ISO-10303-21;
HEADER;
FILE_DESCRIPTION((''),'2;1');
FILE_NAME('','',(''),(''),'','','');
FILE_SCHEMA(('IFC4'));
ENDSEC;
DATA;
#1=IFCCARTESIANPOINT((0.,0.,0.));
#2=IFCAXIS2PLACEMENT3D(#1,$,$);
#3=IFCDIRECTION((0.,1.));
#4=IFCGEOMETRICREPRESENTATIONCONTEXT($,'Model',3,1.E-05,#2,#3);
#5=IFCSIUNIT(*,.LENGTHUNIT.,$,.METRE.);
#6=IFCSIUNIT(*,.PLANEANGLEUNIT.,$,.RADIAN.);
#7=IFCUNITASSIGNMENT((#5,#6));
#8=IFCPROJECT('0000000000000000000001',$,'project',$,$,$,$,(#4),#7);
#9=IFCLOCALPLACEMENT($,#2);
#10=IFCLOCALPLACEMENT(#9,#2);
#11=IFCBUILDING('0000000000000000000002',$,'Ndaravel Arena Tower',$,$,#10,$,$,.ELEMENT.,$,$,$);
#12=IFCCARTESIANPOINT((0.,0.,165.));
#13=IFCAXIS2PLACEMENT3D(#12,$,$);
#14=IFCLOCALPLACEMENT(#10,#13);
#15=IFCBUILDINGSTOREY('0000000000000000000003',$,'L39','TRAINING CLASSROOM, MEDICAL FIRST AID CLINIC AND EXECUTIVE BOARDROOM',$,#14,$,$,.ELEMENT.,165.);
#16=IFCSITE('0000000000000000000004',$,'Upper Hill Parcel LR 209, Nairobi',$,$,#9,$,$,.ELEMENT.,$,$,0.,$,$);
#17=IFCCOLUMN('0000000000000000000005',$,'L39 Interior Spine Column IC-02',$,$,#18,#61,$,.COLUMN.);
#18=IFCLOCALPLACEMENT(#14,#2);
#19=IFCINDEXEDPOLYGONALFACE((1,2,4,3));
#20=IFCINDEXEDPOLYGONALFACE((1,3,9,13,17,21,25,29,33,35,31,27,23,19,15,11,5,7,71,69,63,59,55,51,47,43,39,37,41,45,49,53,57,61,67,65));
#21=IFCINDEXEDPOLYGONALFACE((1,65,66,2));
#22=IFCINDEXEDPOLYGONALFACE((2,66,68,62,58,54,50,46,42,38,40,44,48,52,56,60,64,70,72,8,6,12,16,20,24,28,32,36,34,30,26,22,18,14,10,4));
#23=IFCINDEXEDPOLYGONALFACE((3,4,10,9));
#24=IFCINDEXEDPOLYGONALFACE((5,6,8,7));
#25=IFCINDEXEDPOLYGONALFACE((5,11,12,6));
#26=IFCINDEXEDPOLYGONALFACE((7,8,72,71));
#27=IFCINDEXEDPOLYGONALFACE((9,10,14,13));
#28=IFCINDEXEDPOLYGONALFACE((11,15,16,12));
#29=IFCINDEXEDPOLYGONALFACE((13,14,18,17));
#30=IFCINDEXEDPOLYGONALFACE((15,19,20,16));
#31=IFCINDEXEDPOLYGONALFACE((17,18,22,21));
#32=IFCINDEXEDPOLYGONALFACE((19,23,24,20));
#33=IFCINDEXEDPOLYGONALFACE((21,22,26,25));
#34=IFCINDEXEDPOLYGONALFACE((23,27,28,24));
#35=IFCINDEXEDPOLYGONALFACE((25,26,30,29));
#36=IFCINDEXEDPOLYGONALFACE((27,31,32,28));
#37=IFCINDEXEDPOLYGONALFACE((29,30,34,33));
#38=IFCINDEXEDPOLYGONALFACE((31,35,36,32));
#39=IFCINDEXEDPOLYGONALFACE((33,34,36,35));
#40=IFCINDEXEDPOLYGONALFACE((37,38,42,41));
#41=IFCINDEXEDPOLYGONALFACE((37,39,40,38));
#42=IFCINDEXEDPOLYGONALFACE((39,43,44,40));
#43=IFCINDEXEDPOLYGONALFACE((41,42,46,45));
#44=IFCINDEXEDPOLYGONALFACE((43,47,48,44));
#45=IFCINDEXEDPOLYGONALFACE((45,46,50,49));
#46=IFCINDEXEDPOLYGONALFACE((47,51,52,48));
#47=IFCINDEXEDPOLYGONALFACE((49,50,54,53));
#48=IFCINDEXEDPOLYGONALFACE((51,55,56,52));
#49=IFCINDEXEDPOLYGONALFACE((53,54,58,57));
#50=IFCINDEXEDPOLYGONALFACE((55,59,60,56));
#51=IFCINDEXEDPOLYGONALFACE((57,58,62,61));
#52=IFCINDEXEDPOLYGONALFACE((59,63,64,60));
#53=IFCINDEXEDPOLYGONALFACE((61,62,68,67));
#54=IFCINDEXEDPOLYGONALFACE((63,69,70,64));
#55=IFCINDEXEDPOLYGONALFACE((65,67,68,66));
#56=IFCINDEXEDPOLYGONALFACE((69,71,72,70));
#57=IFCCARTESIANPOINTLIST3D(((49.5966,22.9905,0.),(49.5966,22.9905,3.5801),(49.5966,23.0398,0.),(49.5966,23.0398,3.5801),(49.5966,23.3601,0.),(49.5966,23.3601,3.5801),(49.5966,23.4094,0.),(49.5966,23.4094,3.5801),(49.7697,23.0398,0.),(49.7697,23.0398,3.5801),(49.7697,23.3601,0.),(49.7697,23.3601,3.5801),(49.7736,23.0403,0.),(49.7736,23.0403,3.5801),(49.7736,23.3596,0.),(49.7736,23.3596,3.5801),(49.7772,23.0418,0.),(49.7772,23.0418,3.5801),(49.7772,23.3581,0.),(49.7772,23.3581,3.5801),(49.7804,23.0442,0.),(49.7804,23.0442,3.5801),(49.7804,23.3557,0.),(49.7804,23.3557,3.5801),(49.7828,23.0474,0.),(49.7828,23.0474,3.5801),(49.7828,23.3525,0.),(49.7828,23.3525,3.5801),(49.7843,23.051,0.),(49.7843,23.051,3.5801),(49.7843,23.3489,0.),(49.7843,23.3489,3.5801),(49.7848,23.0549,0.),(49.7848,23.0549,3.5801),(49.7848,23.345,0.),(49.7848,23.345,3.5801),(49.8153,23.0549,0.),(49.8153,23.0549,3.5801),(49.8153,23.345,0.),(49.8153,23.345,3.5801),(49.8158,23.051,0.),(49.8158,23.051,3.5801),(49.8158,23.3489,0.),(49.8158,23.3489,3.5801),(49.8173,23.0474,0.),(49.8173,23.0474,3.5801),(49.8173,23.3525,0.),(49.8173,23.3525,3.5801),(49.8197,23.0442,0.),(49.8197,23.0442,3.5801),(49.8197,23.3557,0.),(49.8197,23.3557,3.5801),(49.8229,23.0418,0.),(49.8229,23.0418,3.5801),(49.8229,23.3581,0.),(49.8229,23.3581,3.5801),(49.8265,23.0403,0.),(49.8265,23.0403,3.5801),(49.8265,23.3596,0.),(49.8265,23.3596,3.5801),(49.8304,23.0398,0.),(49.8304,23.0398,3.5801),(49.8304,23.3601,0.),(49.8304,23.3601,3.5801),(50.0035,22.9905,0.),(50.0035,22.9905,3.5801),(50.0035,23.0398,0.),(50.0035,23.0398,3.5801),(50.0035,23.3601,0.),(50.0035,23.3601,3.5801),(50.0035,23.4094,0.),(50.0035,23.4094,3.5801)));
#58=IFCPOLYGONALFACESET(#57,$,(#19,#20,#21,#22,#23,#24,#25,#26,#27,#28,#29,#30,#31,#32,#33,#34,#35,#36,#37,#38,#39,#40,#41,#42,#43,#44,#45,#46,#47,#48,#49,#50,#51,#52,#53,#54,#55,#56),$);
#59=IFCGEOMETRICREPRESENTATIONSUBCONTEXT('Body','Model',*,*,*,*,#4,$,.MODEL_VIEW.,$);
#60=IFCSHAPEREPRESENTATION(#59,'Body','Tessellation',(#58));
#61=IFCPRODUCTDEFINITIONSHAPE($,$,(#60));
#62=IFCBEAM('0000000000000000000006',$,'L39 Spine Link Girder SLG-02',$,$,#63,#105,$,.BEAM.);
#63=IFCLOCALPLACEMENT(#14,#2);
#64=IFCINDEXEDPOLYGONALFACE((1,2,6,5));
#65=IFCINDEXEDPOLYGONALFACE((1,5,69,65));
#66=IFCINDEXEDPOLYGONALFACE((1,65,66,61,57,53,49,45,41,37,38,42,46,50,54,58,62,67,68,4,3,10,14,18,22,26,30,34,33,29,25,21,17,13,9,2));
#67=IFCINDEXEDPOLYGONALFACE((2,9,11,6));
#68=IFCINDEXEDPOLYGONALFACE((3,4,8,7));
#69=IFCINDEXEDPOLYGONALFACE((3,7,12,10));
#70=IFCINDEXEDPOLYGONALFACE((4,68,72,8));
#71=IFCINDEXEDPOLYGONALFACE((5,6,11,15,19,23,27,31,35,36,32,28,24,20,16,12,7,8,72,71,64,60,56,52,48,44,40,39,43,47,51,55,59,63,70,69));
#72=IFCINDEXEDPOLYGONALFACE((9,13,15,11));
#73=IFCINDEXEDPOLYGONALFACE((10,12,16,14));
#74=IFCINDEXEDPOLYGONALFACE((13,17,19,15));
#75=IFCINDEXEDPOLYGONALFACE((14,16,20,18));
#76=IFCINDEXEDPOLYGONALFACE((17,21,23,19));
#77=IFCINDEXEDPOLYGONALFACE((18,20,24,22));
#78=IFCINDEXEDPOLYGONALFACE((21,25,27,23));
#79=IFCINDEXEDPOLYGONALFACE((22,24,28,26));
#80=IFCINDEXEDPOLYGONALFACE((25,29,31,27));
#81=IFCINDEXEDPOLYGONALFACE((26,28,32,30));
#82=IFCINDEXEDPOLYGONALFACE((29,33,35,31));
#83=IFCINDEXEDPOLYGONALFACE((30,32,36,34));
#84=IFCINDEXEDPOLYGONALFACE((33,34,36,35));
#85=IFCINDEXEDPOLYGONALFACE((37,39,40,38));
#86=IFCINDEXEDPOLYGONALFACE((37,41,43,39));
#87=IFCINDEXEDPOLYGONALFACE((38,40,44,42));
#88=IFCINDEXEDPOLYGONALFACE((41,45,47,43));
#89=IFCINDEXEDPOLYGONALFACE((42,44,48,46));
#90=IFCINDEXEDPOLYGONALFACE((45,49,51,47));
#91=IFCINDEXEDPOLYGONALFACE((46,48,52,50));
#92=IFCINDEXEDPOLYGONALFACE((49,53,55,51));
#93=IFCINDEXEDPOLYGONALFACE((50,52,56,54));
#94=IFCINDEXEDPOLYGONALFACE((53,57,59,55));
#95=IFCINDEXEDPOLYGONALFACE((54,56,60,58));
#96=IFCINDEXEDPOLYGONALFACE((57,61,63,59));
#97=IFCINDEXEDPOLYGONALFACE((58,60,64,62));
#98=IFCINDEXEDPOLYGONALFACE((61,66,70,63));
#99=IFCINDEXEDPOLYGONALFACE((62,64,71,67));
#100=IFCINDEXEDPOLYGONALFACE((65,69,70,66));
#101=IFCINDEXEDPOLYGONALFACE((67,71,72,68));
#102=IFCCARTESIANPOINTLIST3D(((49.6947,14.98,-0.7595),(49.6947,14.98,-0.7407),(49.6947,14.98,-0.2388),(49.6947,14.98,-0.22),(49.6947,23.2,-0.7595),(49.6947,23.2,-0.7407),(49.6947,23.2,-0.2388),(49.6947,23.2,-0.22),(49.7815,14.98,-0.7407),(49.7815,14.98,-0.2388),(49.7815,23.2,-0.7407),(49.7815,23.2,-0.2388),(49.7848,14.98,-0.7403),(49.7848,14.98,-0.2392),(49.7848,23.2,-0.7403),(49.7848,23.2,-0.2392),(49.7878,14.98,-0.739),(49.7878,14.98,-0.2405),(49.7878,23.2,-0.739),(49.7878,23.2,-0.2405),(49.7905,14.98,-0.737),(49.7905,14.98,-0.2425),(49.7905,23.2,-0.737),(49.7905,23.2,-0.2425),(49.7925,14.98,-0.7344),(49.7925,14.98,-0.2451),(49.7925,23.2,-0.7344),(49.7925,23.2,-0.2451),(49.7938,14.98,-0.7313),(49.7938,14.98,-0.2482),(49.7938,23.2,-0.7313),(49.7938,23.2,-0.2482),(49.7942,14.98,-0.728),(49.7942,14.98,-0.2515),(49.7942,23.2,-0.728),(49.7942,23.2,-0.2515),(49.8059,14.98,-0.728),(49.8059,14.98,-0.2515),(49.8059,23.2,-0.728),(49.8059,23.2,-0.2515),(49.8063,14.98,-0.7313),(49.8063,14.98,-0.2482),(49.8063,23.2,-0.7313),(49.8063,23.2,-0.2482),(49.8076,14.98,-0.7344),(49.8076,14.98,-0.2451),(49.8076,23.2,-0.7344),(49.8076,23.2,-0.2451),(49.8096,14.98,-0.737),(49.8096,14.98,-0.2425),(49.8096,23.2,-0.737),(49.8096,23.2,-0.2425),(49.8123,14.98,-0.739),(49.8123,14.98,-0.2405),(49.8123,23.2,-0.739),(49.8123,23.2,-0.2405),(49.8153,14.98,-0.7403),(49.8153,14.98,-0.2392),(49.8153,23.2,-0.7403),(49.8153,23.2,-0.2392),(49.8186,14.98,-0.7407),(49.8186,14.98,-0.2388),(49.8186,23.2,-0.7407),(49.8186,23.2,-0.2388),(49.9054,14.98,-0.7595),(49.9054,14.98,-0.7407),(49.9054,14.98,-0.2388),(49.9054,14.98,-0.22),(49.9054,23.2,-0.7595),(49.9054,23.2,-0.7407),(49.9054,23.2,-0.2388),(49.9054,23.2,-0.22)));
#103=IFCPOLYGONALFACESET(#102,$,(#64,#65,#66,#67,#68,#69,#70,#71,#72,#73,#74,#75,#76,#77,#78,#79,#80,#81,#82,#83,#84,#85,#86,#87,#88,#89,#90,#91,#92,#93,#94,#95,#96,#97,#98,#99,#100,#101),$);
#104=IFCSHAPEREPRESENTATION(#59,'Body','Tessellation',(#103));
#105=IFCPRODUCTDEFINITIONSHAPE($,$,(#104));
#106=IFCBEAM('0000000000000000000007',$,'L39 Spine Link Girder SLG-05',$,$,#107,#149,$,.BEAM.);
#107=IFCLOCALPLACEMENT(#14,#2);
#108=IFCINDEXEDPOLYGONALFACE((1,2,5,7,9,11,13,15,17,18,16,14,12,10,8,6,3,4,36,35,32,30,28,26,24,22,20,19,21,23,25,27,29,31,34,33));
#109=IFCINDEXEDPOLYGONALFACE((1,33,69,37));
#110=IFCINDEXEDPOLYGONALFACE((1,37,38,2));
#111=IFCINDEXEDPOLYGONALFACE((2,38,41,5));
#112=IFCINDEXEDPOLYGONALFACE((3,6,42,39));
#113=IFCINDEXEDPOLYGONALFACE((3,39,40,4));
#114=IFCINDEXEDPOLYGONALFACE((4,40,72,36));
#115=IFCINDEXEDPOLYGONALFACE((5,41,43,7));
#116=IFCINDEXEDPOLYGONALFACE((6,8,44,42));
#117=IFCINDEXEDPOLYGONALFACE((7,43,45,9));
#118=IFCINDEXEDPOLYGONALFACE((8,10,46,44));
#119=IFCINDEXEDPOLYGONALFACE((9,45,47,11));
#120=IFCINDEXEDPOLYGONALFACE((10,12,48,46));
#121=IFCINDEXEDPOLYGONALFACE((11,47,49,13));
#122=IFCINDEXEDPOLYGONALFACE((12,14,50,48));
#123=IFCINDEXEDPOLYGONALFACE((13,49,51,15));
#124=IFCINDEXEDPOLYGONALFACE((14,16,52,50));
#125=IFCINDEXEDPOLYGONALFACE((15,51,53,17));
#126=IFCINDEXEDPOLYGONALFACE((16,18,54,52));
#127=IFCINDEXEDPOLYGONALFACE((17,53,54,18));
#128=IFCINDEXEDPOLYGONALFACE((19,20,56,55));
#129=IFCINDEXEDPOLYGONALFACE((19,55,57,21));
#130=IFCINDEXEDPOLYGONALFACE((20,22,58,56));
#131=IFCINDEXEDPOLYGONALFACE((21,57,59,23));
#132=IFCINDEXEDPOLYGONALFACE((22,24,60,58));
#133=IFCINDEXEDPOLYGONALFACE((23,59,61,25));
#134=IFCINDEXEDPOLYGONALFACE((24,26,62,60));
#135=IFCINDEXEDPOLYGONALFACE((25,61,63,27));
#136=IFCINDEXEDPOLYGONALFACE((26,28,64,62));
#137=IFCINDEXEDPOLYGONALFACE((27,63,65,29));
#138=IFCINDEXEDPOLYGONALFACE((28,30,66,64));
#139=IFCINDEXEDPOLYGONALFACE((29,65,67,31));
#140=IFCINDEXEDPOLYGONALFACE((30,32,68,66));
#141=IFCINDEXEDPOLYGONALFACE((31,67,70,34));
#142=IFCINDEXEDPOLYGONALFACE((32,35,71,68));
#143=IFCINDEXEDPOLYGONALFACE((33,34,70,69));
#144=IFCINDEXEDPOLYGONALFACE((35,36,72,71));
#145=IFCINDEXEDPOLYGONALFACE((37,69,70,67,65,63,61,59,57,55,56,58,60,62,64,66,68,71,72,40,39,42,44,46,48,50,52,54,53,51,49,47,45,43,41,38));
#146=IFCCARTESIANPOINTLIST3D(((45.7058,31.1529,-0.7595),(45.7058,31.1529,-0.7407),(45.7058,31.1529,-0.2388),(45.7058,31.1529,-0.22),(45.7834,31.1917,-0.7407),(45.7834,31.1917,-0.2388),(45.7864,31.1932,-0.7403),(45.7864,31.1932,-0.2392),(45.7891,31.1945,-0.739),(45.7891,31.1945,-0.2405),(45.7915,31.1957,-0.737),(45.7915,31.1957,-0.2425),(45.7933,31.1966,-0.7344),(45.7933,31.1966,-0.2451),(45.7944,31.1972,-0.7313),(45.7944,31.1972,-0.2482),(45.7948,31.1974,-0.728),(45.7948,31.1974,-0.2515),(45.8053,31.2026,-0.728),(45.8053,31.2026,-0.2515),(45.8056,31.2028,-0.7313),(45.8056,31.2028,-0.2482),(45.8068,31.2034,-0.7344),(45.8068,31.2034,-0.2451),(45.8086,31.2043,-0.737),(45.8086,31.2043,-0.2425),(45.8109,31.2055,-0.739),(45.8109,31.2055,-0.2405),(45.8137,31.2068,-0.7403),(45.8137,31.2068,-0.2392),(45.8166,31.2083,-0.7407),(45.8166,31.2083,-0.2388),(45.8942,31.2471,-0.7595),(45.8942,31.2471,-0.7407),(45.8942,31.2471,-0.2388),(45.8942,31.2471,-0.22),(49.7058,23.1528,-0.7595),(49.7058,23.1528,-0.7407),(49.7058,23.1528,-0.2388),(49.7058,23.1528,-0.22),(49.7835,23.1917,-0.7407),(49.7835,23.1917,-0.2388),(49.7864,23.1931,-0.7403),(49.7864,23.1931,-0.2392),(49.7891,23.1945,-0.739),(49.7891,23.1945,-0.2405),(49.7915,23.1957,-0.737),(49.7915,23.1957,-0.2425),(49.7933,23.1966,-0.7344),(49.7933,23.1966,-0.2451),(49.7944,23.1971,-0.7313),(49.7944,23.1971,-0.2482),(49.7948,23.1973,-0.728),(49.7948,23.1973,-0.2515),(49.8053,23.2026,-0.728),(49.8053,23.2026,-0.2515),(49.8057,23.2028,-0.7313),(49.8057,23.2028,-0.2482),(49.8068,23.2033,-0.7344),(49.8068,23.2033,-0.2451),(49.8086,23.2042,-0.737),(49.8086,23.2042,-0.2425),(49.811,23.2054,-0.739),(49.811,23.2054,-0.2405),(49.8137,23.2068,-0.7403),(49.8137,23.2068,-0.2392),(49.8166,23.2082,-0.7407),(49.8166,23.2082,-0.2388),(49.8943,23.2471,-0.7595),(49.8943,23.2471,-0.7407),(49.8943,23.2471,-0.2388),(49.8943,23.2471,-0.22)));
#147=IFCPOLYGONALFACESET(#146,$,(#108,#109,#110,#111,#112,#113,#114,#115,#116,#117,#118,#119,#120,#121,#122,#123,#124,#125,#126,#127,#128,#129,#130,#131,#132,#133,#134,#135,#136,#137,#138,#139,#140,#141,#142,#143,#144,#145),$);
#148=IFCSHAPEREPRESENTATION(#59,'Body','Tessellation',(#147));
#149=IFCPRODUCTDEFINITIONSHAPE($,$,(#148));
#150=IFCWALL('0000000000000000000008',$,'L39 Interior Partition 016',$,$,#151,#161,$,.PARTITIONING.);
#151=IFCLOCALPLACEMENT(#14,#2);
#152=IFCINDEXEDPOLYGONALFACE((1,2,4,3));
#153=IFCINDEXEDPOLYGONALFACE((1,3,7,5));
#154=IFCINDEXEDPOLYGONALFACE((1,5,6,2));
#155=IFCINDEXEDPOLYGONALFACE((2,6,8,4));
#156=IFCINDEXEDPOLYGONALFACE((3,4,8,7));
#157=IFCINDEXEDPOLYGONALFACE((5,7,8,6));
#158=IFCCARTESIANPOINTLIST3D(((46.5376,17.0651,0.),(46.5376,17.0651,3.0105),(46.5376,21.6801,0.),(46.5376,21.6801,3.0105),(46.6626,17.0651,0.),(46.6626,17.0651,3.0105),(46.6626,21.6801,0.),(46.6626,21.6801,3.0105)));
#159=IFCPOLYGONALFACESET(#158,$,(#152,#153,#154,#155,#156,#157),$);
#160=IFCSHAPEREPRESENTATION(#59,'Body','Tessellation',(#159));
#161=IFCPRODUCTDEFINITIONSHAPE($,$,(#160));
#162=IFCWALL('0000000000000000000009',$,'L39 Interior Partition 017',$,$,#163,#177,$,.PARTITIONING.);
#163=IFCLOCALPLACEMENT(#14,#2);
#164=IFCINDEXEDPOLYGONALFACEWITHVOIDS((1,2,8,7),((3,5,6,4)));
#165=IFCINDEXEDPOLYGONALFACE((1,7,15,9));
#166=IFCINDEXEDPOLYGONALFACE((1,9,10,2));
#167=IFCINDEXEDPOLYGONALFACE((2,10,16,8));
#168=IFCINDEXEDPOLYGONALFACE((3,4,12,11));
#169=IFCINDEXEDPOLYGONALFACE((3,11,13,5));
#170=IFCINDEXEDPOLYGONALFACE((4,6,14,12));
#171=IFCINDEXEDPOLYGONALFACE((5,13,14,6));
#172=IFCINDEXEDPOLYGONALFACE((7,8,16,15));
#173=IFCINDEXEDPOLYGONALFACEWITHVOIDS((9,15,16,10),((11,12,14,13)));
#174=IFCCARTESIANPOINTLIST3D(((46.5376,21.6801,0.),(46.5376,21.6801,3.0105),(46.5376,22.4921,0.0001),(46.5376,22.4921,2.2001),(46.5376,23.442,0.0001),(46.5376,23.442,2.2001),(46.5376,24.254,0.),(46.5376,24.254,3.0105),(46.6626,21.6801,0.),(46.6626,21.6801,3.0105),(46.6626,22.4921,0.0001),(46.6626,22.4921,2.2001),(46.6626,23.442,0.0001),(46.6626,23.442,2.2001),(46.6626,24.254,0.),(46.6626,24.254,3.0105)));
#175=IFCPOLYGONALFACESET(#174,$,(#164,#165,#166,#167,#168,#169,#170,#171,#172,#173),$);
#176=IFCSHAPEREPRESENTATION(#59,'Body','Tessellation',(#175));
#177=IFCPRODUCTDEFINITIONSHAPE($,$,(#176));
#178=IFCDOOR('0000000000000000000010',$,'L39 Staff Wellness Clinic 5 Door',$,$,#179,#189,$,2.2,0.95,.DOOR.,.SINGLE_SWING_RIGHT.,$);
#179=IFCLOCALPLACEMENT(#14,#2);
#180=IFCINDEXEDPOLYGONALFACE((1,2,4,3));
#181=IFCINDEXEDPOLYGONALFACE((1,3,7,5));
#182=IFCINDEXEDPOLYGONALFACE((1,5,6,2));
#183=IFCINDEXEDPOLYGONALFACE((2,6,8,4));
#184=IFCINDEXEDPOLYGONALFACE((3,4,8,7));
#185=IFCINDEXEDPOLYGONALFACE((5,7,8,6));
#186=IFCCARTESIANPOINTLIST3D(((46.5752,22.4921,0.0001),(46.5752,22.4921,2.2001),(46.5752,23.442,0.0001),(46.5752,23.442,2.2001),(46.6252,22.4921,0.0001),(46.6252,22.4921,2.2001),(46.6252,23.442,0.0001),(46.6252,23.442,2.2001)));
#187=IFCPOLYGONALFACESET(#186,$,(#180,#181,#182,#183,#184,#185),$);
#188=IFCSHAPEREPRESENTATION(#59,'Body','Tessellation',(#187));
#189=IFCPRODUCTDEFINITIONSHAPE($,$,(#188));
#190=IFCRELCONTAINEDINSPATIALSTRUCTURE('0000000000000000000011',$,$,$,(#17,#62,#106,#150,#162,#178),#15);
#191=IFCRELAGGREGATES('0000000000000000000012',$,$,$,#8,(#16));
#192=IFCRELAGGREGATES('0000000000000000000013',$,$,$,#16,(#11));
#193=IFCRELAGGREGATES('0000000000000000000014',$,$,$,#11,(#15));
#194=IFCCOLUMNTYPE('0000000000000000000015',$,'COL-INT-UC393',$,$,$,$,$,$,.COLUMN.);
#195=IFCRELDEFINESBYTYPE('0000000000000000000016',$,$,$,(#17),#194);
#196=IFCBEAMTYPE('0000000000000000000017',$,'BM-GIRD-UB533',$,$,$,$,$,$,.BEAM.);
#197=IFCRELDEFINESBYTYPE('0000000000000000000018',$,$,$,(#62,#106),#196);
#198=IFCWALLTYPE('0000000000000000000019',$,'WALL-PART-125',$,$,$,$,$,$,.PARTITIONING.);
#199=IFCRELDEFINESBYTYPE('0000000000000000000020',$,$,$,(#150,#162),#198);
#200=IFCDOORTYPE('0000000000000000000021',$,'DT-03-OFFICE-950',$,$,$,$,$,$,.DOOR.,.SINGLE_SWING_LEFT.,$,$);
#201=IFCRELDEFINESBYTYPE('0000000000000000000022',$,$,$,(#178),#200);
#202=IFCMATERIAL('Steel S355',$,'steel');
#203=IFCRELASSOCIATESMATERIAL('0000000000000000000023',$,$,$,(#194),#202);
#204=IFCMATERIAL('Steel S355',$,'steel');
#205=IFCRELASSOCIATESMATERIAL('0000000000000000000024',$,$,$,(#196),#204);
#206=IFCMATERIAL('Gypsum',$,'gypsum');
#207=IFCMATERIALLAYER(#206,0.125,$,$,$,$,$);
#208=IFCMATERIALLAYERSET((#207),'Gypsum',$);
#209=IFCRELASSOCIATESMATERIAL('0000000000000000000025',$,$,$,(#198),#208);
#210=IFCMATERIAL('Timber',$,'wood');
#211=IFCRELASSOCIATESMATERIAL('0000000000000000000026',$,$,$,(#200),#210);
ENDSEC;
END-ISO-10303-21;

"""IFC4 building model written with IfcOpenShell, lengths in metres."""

from ifc_helpers import new_model, si_unit, direction, frame, frame_2d, origin, origin_2d, place, context, subcontext, project, spatial, rectangle, i_section, extrude, material, layer, layer_set, material_profile, profile_set, type_object, element, fill, save


model = new_model("IFC4")

# Units and contexts
model_context = context("Model", 3, precision=1e-05, world=origin(), true_north=direction((0.0, 1.0)))
body_context = subcontext(model_context, "Body", "Model", "MODEL_VIEW")
ifc_project = project(units=[si_unit("LENGTHUNIT", "METRE"), si_unit("PLANEANGLEUNIT", "RADIAN")], contexts=[model_context])

# Site, building, storey
site_placement = place(None, origin())
site = spatial("IfcSite", under=ifc_project, at=site_placement, Name="Upper Hill Parcel LR 209, Nairobi", CompositionType="ELEMENT", RefElevation=0.0)
building_placement = place(site_placement, origin())
building = spatial("IfcBuilding", under=site, at=building_placement, Name="Ndaravel Arena Tower", CompositionType="ELEMENT")
storey_placement = place(building_placement, frame((0.0, 0.0, 165.0)))
storey = spatial("IfcBuildingStorey", under=building, at=storey_placement, Name="L39", Description="TRAINING CLASSROOM, MEDICAL FIRST AID CLINIC AND EXECUTIVE BOARDROOM", CompositionType="ELEMENT", Elevation=165.0)

# Column
ifc_material_1 = material(Name="Steel S355", Category="steel")
ifc_material_profile_1 = material_profile(ifc_material_1, i_section(OverallWidth=0.407, OverallDepth=0.4189, WebThickness=0.0305, FlangeThickness=0.0493, FilletRadius=0.0151, at=origin_2d()), Name="UC 356x406x393")
ifc_profile_set_1 = profile_set([ifc_material_profile_1], Name="Steel S355")
column_type = type_object("IfcColumnType", Name="COL-INT-UC393", PredefinedType="COLUMN", material=ifc_profile_set_1)
column_placement = place(storey_placement, frame((49.8, 23.2, 0.0), z_axis=(0.0, 0.0, 1.0), x_axis=(1.0, 0.0, 0.0)))
element("IfcColumn", 1, at=column_placement, inside=storey, type_object=column_type, Name="L39 Interior Spine Column IC-02", PredefinedType="COLUMN", context=body_context, shape_type="SweptSolid", body=[
    extrude(i_section(OverallWidth=0.407, OverallDepth=0.4189, WebThickness=0.0305, FlangeThickness=0.0493, FilletRadius=0.0151, at=origin_2d()), origin(), (0.0, 0.0, 1.0), 3.5801),
])

# Beams
ifc_material_2 = material(Name="Steel S355", Category="steel")
ifc_material_profile_2 = material_profile(ifc_material_2, i_section(OverallWidth=0.2107, OverallDepth=0.5396, WebThickness=0.0117, FlangeThickness=0.0188, FilletRadius=0.0127, at=origin_2d()), Name="UB 533x210x109")
ifc_profile_set_2 = profile_set([ifc_material_profile_2], Name="Steel S355")
beam_type = type_object("IfcBeamType", Name="BM-GIRD-UB533", PredefinedType="BEAM", material=ifc_profile_set_2)
beam_1_placement = place(storey_placement, frame((49.8, 14.98, -0.4897), z_axis=(0.0, 1.0, 0.0), x_axis=(-1.0, 0.0, 0.0)))
element("IfcBeam", 2, at=beam_1_placement, inside=storey, type_object=beam_type, Name="L39 Spine Link Girder SLG-02", PredefinedType="BEAM", context=body_context, shape_type="SweptSolid", body=[
    extrude(i_section(OverallWidth=0.2107, OverallDepth=0.5396, WebThickness=0.0117, FlangeThickness=0.0188, FilletRadius=0.0127, at=origin_2d()), origin(), (0.0, 0.0, 1.0), 8.22),
])
beam_2_placement = place(storey_placement, frame((49.8, 23.2, -0.4897), z_axis=(-0.447214, 0.894427, 0.0), x_axis=(-0.894427, -0.447214, 0.0)))
element("IfcBeam", 3, at=beam_2_placement, inside=storey, type_object=beam_type, Name="L39 Spine Link Girder SLG-05", PredefinedType="BEAM", context=body_context, shape_type="SweptSolid", body=[
    extrude(i_section(OverallWidth=0.2107, OverallDepth=0.5396, WebThickness=0.0117, FlangeThickness=0.0188, FilletRadius=0.0127, at=origin_2d()), origin(), (0.0, 0.0, 1.0), 8.9443),
])

# Wall
ifc_material_3 = material(Name="Gypsum", Category="gypsum")
ifc_layer_1 = layer(ifc_material_3, 0.125)
ifc_layer_set_1 = layer_set([ifc_layer_1], Name="Gypsum")
wall_type_1 = type_object("IfcWallType", Name="WALL-PART-125", PredefinedType="PARTITIONING", material=ifc_layer_set_1)
wall_1_placement = place(storey_placement, frame((46.6001, 17.0649, 0.0), z_axis=(0.0, 0.0, 1.0), x_axis=(0.0, 1.0, 0.0)))
element("IfcWall", 4, at=wall_1_placement, inside=storey, type_object=wall_type_1, Name="L39 Interior Partition 016", PredefinedType="PARTITIONING", context=body_context, shape_type="SweptSolid", body=[
    extrude(rectangle(XDim=4.615, YDim=0.125, at=frame_2d((2.3076, 0.0))), origin(), (0.0, 0.0, 1.0), 3.0105),
])

# Wall, opening, door
wall_2_placement = place(storey_placement, frame((46.6001, 21.6799, 0.0), z_axis=(0.0, 0.0, 1.0), x_axis=(0.0, 1.0, 0.0)))
wall_2 = element("IfcWall", 5, at=wall_2_placement, inside=storey, type_object=wall_type_1, Name="L39 Interior Partition 017", PredefinedType="PARTITIONING", context=body_context, shape_type="SweptSolid", body=[
    extrude(rectangle(XDim=2.574, YDim=0.125, at=frame_2d((1.2871, 0.0))), origin(), (0.0, 0.0, 1.0), 3.0105),
])
opening_1_placement = place(wall_2_placement, frame((0.812, 0.0, 0.0)))
opening_1 = element("IfcOpeningElement", 6, at=opening_1_placement, cuts=wall_2, PredefinedType="OPENING", context=body_context, shape_type="SweptSolid", body=[
    extrude(rectangle(XDim=0.95, YDim=2.2, at=frame_2d((0.4751, 1.1001))), frame((0.0, 0.0625, 0.0), z_axis=(0.0, -1.0, 0.0), x_axis=(1.0, 0.0, 0.0)), (0.0, 0.0, 1.0), 0.125),
])
ifc_material_4 = material(Name="Timber", Category="wood")
door_type = type_object("IfcDoorType", Name="DT-03-OFFICE-950", OperationType="SINGLE_SWING_LEFT", PredefinedType="DOOR", material=ifc_material_4)
door_1_placement = place(opening_1_placement, origin())
door_1 = element("IfcDoor", 7, at=door_1_placement, inside=storey, type_object=door_type, Name="L39 Staff Wellness Clinic 5 Door", OperationType="SINGLE_SWING_RIGHT", OverallHeight=2.2, OverallWidth=0.95, PredefinedType="DOOR", context=body_context, shape_type="SweptSolid", body=[
    extrude(rectangle(XDim=0.95, YDim=2.2, at=frame_2d((0.4751, 1.1001))), frame((0.0, 0.0249, 0.0), z_axis=(0.0, -1.0, 0.0), x_axis=(1.0, 0.0, 0.0)), (0.0, 0.0, 1.0), 0.05),
])
fill(opening_1, door_1)

save(model, "model.ifc")
